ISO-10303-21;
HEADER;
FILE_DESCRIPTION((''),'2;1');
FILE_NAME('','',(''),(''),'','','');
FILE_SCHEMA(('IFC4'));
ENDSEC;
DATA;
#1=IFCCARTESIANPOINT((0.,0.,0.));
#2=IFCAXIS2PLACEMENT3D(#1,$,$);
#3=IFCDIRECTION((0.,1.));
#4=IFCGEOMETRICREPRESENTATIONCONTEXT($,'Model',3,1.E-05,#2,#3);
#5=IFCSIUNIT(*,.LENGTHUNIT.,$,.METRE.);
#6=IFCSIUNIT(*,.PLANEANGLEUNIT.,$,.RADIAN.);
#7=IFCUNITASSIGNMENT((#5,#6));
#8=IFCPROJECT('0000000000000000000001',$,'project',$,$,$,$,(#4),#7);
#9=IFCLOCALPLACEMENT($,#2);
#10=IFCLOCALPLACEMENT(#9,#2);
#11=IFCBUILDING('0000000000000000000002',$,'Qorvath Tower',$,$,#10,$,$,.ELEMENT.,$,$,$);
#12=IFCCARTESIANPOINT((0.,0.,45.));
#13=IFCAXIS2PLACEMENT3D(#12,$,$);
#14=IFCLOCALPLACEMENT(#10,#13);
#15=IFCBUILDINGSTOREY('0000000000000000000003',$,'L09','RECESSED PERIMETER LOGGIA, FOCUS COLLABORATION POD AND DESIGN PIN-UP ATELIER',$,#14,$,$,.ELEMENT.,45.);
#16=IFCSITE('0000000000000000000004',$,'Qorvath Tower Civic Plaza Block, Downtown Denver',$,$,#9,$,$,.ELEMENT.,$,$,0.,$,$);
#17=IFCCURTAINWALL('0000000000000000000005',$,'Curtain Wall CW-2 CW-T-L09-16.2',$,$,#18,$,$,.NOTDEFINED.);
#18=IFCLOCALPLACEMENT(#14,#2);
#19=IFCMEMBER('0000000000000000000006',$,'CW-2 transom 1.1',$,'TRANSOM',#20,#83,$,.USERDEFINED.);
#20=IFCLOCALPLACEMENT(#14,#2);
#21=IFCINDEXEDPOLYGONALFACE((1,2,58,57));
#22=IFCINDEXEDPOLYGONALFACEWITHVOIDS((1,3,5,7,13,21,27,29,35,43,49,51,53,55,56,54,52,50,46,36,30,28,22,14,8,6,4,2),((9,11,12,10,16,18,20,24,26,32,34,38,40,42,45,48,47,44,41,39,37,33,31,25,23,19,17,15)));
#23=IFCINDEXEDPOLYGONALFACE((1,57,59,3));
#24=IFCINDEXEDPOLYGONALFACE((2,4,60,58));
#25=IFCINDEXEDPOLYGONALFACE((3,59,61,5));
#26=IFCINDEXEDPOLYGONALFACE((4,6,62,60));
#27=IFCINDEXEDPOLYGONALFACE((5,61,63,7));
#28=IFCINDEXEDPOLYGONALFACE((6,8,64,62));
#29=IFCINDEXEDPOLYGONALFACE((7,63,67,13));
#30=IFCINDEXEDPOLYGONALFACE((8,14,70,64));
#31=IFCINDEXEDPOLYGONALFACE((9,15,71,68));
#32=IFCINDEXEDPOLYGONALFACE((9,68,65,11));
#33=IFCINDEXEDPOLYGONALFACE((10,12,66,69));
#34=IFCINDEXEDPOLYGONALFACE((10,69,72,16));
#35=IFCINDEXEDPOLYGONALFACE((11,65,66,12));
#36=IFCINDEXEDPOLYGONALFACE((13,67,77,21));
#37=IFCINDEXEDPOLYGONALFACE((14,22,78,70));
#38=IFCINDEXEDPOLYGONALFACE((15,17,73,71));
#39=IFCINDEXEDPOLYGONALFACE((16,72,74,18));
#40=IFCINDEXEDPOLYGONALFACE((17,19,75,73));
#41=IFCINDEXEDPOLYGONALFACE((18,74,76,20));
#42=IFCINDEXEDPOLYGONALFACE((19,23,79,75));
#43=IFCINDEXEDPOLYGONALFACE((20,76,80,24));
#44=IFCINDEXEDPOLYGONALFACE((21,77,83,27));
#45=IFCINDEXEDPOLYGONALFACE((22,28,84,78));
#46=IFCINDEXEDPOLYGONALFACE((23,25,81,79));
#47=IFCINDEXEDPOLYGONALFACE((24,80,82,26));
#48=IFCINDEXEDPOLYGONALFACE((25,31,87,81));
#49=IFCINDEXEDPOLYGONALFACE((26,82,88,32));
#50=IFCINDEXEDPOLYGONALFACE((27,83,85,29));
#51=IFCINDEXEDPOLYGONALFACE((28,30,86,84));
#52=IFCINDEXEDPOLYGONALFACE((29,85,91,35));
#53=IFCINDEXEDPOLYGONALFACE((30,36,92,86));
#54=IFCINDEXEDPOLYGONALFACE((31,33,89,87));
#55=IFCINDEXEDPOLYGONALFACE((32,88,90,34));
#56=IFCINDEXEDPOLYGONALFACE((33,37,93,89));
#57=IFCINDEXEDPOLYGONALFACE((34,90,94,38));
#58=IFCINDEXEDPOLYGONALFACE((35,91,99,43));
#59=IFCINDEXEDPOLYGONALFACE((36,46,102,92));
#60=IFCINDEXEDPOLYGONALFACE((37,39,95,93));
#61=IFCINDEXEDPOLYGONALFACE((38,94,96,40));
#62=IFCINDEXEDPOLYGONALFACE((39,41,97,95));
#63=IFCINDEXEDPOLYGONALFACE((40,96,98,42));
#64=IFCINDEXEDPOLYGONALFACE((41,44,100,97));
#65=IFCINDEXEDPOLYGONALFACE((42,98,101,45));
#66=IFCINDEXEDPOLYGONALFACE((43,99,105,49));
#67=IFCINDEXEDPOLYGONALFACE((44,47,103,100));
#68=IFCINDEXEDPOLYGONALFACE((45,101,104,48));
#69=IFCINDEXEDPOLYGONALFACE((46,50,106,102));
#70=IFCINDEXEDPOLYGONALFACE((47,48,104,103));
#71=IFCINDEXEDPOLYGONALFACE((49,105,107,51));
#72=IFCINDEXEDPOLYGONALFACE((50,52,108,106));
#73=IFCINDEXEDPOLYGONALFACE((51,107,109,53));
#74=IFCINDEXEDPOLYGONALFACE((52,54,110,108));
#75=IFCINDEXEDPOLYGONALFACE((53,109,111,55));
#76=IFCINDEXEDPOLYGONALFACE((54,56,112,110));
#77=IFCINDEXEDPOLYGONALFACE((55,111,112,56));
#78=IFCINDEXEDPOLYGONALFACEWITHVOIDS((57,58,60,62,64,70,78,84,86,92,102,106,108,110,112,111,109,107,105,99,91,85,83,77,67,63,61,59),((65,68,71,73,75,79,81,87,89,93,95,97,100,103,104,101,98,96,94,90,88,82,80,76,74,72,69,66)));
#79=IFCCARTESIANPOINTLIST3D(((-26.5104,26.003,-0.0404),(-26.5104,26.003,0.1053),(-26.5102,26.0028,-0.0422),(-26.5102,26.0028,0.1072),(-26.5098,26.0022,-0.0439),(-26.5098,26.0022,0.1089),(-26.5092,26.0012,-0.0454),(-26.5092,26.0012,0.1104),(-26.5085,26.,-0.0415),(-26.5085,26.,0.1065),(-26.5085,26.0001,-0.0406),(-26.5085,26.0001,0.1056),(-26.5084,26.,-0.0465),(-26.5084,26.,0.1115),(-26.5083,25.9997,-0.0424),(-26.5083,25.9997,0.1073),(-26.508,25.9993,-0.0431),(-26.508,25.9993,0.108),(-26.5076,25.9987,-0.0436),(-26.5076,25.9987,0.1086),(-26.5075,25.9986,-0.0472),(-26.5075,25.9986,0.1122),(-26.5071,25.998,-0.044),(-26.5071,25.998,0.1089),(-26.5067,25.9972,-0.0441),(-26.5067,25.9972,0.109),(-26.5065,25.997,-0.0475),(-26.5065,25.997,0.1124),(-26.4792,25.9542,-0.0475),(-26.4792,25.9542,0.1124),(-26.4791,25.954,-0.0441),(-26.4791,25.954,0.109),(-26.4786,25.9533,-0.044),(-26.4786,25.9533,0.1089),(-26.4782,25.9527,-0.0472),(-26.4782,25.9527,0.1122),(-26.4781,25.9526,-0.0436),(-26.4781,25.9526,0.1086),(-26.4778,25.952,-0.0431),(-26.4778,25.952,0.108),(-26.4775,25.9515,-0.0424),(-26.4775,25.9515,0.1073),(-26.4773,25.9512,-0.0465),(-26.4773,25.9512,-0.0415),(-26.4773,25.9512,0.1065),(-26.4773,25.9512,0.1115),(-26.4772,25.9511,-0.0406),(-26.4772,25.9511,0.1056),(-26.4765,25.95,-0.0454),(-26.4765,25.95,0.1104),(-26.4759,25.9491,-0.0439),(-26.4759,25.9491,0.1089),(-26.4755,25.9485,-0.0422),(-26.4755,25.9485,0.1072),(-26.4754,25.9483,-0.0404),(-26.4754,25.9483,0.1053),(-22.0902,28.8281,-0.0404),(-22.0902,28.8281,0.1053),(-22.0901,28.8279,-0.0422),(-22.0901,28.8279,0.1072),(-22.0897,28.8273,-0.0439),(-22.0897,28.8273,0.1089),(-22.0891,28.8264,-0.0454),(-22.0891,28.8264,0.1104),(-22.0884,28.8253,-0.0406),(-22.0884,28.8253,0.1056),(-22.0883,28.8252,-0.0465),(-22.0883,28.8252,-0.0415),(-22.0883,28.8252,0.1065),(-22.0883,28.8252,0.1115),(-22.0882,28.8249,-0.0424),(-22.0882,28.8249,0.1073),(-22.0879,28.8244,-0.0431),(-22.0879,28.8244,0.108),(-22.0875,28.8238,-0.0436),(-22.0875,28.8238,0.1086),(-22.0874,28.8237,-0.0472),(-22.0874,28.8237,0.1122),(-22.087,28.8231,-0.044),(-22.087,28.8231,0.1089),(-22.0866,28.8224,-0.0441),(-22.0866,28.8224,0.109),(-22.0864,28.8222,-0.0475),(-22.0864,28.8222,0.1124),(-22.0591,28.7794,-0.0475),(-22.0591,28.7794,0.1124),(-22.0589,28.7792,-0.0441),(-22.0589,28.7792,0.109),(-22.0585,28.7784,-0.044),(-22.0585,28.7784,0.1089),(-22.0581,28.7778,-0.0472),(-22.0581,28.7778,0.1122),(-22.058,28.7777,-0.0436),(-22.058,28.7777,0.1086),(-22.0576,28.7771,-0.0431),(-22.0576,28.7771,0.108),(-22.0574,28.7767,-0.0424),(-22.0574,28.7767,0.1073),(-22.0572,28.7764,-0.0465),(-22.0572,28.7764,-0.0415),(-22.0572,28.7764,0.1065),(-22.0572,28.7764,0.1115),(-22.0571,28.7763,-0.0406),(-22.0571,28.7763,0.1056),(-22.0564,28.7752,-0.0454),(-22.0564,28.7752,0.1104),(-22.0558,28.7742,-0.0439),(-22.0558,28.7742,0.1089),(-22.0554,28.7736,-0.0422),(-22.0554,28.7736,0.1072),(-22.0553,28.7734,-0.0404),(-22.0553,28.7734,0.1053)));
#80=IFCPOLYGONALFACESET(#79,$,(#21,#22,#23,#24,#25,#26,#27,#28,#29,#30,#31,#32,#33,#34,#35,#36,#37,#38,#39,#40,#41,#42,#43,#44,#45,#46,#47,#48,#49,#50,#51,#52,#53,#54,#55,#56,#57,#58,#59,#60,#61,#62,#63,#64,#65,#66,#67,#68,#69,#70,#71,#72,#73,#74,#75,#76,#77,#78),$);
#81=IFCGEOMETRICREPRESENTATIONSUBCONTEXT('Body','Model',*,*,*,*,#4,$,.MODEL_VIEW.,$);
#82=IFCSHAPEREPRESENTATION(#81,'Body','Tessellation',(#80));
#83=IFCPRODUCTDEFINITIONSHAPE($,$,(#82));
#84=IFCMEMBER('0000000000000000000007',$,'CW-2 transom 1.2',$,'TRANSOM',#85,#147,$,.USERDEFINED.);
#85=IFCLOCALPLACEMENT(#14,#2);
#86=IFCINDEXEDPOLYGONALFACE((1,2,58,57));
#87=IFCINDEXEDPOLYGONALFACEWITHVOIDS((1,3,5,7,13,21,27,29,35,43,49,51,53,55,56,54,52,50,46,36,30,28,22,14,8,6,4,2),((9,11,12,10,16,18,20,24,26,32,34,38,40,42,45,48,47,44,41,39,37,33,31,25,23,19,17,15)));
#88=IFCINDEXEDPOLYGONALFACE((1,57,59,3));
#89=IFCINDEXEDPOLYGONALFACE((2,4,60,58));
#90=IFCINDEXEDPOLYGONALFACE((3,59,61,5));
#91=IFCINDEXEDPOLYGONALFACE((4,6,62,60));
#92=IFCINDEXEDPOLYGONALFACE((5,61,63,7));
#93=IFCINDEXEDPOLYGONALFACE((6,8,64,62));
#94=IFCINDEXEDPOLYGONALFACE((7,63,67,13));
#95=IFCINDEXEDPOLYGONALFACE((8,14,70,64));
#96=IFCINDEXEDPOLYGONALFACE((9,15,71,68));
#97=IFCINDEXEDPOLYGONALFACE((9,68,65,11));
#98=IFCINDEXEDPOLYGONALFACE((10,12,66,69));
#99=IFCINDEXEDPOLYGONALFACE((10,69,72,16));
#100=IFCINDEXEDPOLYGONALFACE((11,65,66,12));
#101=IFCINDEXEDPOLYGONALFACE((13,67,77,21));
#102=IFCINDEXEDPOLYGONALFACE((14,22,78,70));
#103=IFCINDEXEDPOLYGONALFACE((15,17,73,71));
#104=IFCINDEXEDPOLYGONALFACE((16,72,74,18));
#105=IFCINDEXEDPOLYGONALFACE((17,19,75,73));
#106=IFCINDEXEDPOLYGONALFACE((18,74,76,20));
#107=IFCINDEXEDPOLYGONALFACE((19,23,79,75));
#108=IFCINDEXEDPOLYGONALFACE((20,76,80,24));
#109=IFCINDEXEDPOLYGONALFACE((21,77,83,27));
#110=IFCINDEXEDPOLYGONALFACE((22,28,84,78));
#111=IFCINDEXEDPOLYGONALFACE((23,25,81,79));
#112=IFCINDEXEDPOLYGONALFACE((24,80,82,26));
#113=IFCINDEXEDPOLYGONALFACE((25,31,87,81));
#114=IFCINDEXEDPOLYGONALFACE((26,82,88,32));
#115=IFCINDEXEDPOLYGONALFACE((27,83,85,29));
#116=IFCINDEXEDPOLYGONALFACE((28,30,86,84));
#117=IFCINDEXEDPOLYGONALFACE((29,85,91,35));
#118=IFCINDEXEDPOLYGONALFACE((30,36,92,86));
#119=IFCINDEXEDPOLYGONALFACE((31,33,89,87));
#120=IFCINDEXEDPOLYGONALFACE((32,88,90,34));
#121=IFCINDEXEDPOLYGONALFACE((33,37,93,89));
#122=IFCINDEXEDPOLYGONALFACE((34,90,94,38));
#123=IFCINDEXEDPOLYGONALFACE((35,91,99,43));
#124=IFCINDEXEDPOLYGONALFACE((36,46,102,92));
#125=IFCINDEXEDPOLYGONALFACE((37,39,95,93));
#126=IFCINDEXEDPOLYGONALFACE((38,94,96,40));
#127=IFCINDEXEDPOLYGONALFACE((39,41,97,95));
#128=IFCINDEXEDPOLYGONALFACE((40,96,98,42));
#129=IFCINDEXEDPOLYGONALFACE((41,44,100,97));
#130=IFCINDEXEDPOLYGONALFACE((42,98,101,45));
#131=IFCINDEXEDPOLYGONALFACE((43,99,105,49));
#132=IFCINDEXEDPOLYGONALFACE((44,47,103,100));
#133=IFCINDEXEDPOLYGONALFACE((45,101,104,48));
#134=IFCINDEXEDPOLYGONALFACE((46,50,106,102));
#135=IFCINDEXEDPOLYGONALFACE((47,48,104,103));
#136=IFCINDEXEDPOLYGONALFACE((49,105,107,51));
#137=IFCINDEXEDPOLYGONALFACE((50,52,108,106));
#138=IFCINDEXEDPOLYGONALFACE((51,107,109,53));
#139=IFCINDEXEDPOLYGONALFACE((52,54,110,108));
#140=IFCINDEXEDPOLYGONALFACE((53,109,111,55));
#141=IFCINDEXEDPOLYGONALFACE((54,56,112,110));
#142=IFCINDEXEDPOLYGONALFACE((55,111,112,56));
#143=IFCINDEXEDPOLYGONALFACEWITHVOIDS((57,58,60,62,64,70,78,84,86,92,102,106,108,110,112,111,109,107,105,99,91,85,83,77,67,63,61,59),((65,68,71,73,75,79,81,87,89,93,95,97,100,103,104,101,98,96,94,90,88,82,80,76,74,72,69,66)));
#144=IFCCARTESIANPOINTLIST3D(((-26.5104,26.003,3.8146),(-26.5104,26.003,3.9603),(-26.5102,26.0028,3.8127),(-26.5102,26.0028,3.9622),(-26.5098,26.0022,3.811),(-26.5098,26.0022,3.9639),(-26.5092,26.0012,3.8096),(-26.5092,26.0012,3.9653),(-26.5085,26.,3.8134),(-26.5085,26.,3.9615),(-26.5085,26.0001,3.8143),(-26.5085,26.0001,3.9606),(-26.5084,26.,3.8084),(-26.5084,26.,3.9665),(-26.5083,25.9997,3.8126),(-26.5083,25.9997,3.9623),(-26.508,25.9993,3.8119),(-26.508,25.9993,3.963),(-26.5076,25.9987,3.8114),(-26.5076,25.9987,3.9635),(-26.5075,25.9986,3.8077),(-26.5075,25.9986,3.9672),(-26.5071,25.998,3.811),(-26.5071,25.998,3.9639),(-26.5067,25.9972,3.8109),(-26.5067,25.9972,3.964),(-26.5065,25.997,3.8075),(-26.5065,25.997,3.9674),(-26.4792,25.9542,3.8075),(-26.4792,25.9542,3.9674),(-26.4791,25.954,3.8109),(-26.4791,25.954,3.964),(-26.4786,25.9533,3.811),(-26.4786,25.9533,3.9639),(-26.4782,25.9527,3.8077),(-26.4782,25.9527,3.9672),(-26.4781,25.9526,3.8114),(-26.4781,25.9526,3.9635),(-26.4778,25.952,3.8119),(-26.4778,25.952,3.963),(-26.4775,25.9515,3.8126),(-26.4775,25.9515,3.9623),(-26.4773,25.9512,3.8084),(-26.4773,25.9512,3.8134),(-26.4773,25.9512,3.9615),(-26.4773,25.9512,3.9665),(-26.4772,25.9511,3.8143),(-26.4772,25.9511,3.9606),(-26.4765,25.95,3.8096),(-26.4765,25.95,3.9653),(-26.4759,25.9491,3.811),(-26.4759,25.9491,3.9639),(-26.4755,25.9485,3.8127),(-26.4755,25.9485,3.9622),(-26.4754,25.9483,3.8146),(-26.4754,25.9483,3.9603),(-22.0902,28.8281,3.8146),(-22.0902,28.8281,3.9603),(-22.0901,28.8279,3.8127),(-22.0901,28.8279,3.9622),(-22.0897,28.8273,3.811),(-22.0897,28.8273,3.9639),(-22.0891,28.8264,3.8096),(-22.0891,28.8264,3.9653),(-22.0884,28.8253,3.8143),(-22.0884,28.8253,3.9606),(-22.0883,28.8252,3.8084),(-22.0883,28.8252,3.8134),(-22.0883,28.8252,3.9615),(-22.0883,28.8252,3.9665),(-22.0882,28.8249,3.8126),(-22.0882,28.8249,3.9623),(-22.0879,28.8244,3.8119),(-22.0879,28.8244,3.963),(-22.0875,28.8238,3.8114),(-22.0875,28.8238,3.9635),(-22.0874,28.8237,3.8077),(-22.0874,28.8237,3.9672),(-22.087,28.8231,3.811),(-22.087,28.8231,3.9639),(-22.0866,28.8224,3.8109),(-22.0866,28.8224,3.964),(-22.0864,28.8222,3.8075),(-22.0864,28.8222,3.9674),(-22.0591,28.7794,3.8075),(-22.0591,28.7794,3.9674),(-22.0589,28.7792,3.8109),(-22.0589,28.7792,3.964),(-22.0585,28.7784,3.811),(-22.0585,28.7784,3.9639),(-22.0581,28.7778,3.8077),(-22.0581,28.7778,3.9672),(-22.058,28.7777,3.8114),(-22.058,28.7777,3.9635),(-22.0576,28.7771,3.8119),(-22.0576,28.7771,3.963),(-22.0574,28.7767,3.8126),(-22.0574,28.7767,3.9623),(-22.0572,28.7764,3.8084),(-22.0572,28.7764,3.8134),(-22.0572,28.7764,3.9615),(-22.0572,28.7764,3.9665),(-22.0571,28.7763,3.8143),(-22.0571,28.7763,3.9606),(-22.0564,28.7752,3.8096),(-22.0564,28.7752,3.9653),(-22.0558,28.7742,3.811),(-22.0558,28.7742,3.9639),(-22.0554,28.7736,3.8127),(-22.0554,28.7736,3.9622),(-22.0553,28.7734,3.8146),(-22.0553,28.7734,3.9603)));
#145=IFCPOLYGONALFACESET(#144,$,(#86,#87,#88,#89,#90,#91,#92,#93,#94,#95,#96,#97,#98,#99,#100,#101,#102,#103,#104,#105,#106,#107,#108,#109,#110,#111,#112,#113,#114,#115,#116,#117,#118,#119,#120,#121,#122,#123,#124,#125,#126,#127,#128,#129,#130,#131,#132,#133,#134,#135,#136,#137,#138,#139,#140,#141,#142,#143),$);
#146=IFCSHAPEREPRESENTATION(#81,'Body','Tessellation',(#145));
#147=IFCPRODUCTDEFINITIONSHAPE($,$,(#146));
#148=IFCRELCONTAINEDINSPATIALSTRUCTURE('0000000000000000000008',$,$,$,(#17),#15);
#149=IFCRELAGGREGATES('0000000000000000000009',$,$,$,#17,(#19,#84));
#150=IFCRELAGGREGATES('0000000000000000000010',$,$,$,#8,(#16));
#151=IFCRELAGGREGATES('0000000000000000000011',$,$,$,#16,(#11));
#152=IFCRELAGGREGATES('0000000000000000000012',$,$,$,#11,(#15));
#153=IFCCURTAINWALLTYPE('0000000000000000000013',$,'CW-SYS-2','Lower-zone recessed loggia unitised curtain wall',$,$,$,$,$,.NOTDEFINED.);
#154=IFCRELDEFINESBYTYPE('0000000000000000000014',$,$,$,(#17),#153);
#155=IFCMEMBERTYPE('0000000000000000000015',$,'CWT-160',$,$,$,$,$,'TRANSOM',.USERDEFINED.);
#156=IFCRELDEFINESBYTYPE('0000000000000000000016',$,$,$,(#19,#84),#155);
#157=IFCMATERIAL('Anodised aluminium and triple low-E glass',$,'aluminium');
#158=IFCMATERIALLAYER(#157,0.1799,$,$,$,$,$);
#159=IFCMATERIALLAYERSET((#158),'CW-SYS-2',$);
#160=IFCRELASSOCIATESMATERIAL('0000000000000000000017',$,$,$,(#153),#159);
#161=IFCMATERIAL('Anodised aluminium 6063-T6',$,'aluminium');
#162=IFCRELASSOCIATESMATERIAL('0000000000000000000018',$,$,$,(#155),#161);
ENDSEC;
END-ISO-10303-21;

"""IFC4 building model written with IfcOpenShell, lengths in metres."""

from ifc_helpers import new_model, si_unit, direction, frame, origin, origin_2d, place, context, subcontext, project, spatial, hollow_rectangle, extrude, material, layer, layer_set, material_profile, profile_set, type_object, element, aggregate, save


model = new_model("IFC4")

# Units and contexts
model_context = context("Model", 3, precision=1e-05, world=origin(), true_north=direction((0.0, 1.0)))
body_context = subcontext(model_context, "Body", "Model", "MODEL_VIEW")
ifc_project = project(units=[si_unit("LENGTHUNIT", "METRE"), si_unit("PLANEANGLEUNIT", "RADIAN")], contexts=[model_context])

# Site, building, storey
site_placement = place(None, origin())
site = spatial("IfcSite", under=ifc_project, at=site_placement, Name="Qorvath Tower Civic Plaza Block, Downtown Denver", CompositionType="ELEMENT", RefElevation=0.0)
building_placement = place(site_placement, origin())
building = spatial("IfcBuilding", under=site, at=building_placement, Name="Qorvath Tower", CompositionType="ELEMENT")
storey_placement = place(building_placement, frame((0.0, 0.0, 45.0)))
storey = spatial("IfcBuildingStorey", under=building, at=storey_placement, Name="L09", Description="RECESSED PERIMETER LOGGIA, FOCUS COLLABORATION POD AND DESIGN PIN-UP ATELIER", CompositionType="ELEMENT", Elevation=45.0)

# Shared definitions
ifc_material_1 = material(Name="Anodised aluminium and triple low-E glass", Category="aluminium")
ifc_layer_1 = layer(ifc_material_1, 0.1799)
ifc_layer_set_1 = layer_set([ifc_layer_1], Name="CW-SYS-2")
curtain_wall_type = type_object("IfcCurtainWallType", Name="CW-SYS-2", Description="Lower-zone recessed loggia unitised curtain wall", PredefinedType="NOTDEFINED", material=ifc_layer_set_1)

# Curtain wall, members
curtain_wall_1_placement = place(storey_placement, origin())
curtain_wall_1 = element("IfcCurtainWall", 1, at=curtain_wall_1_placement, inside=storey, type_object=curtain_wall_type, Name="Curtain Wall CW-2 CW-T-L09-16.2", PredefinedType="NOTDEFINED")
ifc_material_2 = material(Name="Anodised aluminium 6063-T6", Category="aluminium")
ifc_material_profile_1 = material_profile(ifc_material_2, hollow_rectangle(XDim=0.0649, YDim=0.1599, WallThickness=0.0034, InnerFilletRadius=0.0034, OuterFilletRadius=0.0071, at=origin_2d()), Name="CWT 160x65")
ifc_profile_set_1 = profile_set([ifc_material_profile_1], Name="Anodised aluminium 6063-T6")
member_type_1 = type_object("IfcMemberType", Name="CWT-160", ElementType="TRANSOM", PredefinedType="USERDEFINED", material=ifc_profile_set_1)
member_1_placement = place(storey_placement, frame((-22.0728, 28.8008, 0.0325), z_axis=(-0.842592, -0.538552, 0.0), x_axis=(0.538552, -0.842592, 0.0)))
member_1 = element("IfcMember", 2, at=member_1_placement, type_object=member_type_1, Name="CW-2 transom 1.1", ObjectType="TRANSOM", PredefinedType="USERDEFINED", context=body_context, shape_type="SweptSolid", body=[
    extrude(hollow_rectangle(XDim=0.0649, YDim=0.1599, WallThickness=0.0034, InnerFilletRadius=0.0034, OuterFilletRadius=0.0071, at=origin_2d()), origin(), (0.0, 0.0, 1.0), 5.2458),
])
member_2_placement = place(storey_placement, frame((-22.0728, 28.8008, 3.8875), z_axis=(-0.842592, -0.538552, 0.0), x_axis=(0.538552, -0.842592, 0.0)))
member_2 = element("IfcMember", 3, at=member_2_placement, type_object=member_type_1, Name="CW-2 transom 1.2", ObjectType="TRANSOM", PredefinedType="USERDEFINED", context=body_context, shape_type="SweptSolid", body=[
    extrude(hollow_rectangle(XDim=0.0649, YDim=0.1599, WallThickness=0.0034, InnerFilletRadius=0.0034, OuterFilletRadius=0.0071, at=origin_2d()), origin(), (0.0, 0.0, 1.0), 5.2458),
])

aggregate(curtain_wall_1, [member_1, member_2])

save(model, "model.ifc")
